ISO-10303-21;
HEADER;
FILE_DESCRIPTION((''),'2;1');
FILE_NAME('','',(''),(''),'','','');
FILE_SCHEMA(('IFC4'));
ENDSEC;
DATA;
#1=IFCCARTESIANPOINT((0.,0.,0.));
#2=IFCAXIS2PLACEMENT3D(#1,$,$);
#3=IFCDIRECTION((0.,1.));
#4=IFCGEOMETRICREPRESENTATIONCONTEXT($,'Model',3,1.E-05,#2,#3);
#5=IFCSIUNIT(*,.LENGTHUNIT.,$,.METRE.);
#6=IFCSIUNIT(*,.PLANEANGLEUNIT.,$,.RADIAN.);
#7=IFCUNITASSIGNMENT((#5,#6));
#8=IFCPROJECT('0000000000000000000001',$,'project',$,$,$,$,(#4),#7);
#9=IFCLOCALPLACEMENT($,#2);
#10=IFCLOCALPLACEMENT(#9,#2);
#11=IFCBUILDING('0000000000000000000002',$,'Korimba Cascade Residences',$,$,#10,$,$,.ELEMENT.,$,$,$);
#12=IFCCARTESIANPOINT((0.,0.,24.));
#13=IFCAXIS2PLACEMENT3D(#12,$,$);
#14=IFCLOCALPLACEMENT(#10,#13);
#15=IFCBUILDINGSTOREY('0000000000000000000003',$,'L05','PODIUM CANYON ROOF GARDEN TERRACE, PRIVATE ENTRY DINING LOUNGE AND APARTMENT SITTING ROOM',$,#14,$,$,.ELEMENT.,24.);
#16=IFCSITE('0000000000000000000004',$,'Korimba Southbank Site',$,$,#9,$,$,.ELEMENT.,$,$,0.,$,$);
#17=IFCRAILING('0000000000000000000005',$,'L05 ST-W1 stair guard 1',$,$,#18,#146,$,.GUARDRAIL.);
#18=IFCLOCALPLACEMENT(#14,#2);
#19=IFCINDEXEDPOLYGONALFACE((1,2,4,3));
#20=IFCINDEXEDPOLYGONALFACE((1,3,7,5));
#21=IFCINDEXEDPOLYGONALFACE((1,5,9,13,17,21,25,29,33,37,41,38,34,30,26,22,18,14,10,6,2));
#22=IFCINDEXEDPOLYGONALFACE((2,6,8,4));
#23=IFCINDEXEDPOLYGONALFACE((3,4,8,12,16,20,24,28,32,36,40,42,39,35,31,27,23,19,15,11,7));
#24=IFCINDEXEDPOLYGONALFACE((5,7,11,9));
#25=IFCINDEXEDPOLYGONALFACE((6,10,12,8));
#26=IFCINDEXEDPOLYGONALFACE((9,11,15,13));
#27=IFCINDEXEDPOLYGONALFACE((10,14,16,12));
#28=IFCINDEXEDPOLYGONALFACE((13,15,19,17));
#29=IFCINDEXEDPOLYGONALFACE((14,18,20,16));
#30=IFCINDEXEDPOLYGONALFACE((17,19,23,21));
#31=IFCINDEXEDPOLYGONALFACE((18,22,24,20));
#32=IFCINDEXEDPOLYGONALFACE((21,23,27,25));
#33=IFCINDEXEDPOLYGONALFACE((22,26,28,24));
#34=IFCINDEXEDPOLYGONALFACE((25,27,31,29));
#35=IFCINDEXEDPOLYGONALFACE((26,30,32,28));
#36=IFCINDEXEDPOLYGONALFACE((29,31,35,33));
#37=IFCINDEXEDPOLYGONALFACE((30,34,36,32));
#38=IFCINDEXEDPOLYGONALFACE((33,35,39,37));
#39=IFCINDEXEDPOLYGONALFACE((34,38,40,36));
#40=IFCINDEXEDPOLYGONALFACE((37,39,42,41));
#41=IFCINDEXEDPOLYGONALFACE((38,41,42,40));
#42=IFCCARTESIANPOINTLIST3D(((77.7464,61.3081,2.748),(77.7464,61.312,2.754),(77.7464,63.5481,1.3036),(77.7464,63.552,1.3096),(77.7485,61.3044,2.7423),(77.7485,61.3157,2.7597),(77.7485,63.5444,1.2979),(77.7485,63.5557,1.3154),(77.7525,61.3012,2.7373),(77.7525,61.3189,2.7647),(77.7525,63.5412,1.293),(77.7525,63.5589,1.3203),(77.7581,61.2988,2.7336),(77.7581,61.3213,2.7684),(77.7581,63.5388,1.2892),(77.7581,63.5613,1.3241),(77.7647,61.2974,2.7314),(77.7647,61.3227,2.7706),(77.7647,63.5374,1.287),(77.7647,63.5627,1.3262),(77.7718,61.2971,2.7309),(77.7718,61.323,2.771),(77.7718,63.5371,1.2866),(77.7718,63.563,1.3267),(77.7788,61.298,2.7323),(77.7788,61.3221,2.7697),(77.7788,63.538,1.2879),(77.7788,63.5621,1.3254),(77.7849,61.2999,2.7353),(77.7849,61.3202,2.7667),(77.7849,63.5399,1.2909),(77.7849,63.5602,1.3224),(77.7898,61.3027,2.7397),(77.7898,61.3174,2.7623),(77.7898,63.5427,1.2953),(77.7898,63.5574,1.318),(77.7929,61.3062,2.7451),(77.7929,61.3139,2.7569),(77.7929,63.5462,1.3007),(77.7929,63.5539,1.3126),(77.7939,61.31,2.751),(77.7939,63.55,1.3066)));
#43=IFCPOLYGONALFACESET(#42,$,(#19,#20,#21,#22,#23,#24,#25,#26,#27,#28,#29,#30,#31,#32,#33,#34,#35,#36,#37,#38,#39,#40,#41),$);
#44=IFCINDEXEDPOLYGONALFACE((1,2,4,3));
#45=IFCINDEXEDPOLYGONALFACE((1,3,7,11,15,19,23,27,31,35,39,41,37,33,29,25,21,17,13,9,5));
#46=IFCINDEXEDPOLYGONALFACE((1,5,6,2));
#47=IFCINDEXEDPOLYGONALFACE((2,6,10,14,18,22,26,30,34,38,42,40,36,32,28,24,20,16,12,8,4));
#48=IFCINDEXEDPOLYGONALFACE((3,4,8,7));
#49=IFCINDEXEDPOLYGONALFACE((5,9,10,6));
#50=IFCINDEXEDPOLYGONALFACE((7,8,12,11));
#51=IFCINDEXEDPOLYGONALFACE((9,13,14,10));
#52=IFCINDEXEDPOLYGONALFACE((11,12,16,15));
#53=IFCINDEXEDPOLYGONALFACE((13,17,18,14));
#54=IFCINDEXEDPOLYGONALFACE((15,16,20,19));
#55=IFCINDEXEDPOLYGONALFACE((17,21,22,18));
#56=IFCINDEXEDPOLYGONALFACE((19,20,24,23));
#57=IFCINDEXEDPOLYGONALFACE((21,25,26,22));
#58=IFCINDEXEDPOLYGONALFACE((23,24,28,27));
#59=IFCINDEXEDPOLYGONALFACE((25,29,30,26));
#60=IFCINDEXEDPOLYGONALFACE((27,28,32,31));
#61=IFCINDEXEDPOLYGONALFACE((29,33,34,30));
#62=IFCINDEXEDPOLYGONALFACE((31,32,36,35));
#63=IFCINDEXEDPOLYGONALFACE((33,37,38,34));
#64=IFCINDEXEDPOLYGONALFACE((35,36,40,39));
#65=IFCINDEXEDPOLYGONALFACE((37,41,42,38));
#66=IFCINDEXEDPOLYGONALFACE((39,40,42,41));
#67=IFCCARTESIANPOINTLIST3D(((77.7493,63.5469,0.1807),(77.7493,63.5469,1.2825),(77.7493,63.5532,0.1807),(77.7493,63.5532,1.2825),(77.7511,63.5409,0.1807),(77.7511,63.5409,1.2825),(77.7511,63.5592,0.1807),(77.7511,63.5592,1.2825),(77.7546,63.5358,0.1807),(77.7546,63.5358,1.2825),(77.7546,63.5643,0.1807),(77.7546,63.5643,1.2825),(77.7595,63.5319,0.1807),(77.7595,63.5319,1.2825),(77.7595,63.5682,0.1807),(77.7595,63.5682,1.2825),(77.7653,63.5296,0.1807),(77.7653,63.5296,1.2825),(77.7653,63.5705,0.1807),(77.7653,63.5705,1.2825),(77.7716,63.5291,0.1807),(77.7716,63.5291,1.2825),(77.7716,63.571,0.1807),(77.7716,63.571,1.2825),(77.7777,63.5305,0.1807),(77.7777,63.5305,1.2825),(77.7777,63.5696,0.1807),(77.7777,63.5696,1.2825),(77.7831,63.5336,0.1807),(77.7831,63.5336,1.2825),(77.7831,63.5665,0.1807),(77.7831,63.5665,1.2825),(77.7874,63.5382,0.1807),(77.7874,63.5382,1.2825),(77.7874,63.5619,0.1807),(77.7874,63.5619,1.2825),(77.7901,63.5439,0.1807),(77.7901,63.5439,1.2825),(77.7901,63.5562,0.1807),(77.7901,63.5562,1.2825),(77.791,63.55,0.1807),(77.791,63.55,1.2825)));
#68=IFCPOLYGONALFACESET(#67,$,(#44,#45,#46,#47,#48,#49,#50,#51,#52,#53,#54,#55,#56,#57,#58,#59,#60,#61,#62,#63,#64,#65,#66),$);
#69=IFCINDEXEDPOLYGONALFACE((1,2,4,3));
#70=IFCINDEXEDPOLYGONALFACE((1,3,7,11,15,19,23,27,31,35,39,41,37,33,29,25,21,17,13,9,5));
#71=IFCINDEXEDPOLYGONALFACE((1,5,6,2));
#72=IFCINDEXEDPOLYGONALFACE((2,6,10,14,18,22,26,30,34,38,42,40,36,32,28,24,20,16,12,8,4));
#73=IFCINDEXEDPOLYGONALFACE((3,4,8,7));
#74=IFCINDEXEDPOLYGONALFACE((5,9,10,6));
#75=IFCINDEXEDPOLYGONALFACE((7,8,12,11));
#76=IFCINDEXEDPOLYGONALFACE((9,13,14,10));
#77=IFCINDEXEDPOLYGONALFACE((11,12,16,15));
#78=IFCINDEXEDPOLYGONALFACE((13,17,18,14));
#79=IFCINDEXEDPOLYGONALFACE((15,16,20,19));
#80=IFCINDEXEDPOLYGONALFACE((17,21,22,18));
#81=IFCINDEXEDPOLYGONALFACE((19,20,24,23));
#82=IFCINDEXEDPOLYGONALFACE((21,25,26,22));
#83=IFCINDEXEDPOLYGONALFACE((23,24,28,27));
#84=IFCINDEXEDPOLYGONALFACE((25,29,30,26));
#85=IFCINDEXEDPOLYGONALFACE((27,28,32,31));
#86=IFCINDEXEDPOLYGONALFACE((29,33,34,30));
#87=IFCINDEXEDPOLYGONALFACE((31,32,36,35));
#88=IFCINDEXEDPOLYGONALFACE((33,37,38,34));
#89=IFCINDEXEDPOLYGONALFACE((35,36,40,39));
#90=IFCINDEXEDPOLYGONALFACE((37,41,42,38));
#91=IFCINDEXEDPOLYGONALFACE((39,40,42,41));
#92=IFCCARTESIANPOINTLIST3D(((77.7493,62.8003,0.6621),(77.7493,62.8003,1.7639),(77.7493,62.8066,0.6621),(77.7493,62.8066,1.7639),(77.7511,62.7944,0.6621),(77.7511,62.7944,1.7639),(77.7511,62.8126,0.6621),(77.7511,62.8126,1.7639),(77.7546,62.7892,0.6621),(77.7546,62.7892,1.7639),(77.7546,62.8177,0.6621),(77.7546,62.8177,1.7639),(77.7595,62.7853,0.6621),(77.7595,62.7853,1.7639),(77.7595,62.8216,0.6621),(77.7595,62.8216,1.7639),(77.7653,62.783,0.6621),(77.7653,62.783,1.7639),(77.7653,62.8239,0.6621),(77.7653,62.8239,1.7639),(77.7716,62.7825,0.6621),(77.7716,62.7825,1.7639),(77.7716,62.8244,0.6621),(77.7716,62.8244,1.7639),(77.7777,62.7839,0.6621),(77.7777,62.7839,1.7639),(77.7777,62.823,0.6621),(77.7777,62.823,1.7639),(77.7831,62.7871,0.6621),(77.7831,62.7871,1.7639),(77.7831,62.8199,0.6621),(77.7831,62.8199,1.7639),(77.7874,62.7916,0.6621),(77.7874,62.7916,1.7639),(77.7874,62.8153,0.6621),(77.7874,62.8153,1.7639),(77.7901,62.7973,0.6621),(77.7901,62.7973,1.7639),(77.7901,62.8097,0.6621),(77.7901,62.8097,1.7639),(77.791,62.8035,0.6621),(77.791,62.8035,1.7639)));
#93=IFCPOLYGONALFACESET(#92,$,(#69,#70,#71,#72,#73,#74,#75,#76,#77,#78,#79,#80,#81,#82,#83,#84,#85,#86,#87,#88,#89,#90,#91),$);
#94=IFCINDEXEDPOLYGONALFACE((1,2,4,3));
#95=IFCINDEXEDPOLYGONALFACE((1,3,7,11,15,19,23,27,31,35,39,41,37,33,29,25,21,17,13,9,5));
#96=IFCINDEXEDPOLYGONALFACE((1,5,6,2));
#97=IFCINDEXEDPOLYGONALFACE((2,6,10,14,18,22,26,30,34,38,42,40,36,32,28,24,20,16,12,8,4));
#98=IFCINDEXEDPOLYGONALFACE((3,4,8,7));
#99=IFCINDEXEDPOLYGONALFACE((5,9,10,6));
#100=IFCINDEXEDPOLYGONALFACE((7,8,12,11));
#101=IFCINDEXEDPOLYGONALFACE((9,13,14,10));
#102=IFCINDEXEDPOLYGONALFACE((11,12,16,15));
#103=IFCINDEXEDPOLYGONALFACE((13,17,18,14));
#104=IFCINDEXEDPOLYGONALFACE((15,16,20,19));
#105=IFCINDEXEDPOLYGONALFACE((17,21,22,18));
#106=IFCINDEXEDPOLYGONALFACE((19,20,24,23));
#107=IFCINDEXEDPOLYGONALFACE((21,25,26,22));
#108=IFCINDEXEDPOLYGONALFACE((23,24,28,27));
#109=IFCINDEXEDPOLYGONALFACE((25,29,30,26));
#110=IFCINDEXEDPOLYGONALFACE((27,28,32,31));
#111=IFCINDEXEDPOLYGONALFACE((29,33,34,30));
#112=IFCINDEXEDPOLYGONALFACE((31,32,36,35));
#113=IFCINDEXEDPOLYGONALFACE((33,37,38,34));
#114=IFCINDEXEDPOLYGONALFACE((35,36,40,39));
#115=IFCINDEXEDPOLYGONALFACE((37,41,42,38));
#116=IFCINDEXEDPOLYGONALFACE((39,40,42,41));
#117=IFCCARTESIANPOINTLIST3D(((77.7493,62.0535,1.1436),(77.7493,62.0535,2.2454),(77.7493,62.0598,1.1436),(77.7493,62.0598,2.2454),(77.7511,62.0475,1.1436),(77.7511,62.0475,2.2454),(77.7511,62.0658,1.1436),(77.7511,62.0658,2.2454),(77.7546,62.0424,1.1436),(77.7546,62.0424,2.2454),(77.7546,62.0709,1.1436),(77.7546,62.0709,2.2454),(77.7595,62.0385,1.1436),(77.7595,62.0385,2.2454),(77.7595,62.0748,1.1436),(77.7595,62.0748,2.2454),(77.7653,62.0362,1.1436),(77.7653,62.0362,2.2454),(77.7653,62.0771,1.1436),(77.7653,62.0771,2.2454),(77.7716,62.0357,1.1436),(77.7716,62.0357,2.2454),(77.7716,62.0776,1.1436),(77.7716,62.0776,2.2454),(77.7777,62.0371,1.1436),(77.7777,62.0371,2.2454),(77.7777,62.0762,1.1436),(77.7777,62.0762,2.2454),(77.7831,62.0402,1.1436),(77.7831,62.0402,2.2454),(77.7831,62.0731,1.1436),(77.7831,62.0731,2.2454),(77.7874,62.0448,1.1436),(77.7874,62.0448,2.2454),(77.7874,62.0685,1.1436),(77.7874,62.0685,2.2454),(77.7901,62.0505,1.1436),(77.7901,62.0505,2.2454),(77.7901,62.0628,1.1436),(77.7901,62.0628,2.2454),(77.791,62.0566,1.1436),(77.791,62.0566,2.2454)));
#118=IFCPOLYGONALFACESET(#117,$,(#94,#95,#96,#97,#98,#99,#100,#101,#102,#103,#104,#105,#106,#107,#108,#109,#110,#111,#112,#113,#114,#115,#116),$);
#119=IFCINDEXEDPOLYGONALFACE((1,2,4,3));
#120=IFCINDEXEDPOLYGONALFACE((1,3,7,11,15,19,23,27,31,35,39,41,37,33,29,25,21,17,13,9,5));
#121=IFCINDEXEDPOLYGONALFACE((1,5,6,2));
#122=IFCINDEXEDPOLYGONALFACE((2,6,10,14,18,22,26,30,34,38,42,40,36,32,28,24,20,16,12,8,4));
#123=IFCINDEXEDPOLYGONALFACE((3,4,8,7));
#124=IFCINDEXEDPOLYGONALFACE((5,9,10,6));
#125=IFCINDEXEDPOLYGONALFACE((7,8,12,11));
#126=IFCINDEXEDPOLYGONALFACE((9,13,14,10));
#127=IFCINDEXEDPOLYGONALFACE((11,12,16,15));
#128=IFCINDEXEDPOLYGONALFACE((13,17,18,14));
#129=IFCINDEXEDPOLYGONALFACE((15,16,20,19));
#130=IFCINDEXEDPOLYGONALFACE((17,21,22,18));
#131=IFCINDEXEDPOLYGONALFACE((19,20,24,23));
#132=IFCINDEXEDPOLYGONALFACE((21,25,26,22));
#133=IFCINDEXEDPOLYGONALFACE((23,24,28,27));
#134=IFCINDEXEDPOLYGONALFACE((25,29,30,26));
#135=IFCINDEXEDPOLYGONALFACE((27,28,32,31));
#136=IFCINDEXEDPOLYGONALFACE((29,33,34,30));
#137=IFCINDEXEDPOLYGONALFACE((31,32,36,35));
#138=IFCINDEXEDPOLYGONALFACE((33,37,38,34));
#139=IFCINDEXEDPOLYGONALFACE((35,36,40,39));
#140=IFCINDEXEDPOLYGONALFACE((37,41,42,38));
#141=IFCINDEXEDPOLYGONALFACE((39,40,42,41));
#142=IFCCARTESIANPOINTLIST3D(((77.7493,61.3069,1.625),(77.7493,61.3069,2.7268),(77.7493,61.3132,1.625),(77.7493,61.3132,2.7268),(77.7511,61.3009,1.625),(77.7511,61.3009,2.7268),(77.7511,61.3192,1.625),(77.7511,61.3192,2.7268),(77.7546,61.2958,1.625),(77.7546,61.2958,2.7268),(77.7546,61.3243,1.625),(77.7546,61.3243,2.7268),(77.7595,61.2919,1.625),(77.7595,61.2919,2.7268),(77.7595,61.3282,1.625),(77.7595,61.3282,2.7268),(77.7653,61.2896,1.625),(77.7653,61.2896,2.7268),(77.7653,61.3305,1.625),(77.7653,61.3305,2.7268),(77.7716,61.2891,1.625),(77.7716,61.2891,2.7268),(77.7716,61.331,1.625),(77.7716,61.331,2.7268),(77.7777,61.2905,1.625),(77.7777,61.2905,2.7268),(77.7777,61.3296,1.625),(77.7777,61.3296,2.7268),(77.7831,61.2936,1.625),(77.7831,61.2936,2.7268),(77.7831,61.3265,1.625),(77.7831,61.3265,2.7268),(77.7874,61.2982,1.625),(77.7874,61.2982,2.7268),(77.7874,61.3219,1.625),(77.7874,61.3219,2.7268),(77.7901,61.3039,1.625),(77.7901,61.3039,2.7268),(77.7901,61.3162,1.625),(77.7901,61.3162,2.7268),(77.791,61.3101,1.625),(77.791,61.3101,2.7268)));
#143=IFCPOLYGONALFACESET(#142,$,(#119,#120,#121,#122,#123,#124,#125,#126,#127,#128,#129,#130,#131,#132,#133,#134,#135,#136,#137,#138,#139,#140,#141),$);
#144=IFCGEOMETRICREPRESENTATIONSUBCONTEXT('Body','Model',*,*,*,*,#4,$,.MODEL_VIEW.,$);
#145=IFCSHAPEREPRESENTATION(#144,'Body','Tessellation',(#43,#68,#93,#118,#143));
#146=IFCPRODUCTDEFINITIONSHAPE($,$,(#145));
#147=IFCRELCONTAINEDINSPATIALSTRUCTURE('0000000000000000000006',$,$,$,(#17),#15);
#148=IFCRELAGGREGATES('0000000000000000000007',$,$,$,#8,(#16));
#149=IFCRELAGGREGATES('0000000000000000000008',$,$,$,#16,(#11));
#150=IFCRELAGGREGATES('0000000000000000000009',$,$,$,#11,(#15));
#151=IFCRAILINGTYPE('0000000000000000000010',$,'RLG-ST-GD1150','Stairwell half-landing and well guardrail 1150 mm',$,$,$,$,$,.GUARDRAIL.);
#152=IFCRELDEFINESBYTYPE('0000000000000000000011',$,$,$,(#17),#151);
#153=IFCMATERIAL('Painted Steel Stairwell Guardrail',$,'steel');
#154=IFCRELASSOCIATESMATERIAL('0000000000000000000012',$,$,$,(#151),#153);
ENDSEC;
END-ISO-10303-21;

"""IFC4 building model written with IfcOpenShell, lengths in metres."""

from ifc_helpers import new_model, si_unit, direction, frame, origin, origin_2d, place, context, subcontext, project, spatial, circle, extrude, material, type_object, element, save


model = new_model("IFC4")

# Units and contexts
model_context = context("Model", 3, precision=1e-05, world=origin(), true_north=direction((0.0, 1.0)))
body_context = subcontext(model_context, "Body", "Model", "MODEL_VIEW")
ifc_project = project(units=[si_unit("LENGTHUNIT", "METRE"), si_unit("PLANEANGLEUNIT", "RADIAN")], contexts=[model_context])

# Site, building, storey
site_placement = place(None, origin())
site = spatial("IfcSite", under=ifc_project, at=site_placement, Name="Korimba Southbank Site", CompositionType="ELEMENT", RefElevation=0.0)
building_placement = place(site_placement, origin())
building = spatial("IfcBuilding", under=site, at=building_placement, Name="Korimba Cascade Residences", CompositionType="ELEMENT")
storey_placement = place(building_placement, frame((0.0, 0.0, 24.0)))
storey = spatial("IfcBuildingStorey", under=building, at=storey_placement, Name="L05", Description="PODIUM CANYON ROOF GARDEN TERRACE, PRIVATE ENTRY DINING LOUNGE AND APARTMENT SITTING ROOM", CompositionType="ELEMENT", Elevation=24.0)

# Railing
ifc_material_1 = material(Name="Painted Steel Stairwell Guardrail", Category="steel")
railing_type_1 = type_object("IfcRailingType", Name="RLG-ST-GD1150", Description="Stairwell half-landing and well guardrail 1150 mm", PredefinedType="GUARDRAIL", material=ifc_material_1)
railing_1_placement = place(storey_placement, frame((77.77, 63.55, 0.1807)))
element("IfcRailing", 1, at=railing_1_placement, inside=storey, type_object=railing_type_1, Name="L05 ST-W1 stair guard 1", PredefinedType="GUARDRAIL", context=body_context, shape_type="SweptSolid", body=[
    extrude(circle(Radius=0.0239, at=origin_2d()), frame((0.0, 0.0, 1.126), z_axis=(0.0, -0.840437, 0.54191), x_axis=(1.0, 0.0, 0.0)), (0.0, 0.0, 1.0), 2.6653),
    extrude(circle(Radius=0.021, at=origin_2d()), origin(), (0.0, 0.0, 1.0), 1.1018),
    extrude(circle(Radius=0.021, at=origin_2d()), frame((0.0, -0.7466, 0.4814)), (0.0, 0.0, 1.0), 1.1018),
    extrude(circle(Radius=0.021, at=origin_2d()), frame((0.0, -1.4934, 0.9629)), (0.0, 0.0, 1.0), 1.1018),
    extrude(circle(Radius=0.021, at=origin_2d()), frame((0.0, -2.24, 1.4443)), (0.0, 0.0, 1.0), 1.1018),
])

save(model, "model.ifc")
